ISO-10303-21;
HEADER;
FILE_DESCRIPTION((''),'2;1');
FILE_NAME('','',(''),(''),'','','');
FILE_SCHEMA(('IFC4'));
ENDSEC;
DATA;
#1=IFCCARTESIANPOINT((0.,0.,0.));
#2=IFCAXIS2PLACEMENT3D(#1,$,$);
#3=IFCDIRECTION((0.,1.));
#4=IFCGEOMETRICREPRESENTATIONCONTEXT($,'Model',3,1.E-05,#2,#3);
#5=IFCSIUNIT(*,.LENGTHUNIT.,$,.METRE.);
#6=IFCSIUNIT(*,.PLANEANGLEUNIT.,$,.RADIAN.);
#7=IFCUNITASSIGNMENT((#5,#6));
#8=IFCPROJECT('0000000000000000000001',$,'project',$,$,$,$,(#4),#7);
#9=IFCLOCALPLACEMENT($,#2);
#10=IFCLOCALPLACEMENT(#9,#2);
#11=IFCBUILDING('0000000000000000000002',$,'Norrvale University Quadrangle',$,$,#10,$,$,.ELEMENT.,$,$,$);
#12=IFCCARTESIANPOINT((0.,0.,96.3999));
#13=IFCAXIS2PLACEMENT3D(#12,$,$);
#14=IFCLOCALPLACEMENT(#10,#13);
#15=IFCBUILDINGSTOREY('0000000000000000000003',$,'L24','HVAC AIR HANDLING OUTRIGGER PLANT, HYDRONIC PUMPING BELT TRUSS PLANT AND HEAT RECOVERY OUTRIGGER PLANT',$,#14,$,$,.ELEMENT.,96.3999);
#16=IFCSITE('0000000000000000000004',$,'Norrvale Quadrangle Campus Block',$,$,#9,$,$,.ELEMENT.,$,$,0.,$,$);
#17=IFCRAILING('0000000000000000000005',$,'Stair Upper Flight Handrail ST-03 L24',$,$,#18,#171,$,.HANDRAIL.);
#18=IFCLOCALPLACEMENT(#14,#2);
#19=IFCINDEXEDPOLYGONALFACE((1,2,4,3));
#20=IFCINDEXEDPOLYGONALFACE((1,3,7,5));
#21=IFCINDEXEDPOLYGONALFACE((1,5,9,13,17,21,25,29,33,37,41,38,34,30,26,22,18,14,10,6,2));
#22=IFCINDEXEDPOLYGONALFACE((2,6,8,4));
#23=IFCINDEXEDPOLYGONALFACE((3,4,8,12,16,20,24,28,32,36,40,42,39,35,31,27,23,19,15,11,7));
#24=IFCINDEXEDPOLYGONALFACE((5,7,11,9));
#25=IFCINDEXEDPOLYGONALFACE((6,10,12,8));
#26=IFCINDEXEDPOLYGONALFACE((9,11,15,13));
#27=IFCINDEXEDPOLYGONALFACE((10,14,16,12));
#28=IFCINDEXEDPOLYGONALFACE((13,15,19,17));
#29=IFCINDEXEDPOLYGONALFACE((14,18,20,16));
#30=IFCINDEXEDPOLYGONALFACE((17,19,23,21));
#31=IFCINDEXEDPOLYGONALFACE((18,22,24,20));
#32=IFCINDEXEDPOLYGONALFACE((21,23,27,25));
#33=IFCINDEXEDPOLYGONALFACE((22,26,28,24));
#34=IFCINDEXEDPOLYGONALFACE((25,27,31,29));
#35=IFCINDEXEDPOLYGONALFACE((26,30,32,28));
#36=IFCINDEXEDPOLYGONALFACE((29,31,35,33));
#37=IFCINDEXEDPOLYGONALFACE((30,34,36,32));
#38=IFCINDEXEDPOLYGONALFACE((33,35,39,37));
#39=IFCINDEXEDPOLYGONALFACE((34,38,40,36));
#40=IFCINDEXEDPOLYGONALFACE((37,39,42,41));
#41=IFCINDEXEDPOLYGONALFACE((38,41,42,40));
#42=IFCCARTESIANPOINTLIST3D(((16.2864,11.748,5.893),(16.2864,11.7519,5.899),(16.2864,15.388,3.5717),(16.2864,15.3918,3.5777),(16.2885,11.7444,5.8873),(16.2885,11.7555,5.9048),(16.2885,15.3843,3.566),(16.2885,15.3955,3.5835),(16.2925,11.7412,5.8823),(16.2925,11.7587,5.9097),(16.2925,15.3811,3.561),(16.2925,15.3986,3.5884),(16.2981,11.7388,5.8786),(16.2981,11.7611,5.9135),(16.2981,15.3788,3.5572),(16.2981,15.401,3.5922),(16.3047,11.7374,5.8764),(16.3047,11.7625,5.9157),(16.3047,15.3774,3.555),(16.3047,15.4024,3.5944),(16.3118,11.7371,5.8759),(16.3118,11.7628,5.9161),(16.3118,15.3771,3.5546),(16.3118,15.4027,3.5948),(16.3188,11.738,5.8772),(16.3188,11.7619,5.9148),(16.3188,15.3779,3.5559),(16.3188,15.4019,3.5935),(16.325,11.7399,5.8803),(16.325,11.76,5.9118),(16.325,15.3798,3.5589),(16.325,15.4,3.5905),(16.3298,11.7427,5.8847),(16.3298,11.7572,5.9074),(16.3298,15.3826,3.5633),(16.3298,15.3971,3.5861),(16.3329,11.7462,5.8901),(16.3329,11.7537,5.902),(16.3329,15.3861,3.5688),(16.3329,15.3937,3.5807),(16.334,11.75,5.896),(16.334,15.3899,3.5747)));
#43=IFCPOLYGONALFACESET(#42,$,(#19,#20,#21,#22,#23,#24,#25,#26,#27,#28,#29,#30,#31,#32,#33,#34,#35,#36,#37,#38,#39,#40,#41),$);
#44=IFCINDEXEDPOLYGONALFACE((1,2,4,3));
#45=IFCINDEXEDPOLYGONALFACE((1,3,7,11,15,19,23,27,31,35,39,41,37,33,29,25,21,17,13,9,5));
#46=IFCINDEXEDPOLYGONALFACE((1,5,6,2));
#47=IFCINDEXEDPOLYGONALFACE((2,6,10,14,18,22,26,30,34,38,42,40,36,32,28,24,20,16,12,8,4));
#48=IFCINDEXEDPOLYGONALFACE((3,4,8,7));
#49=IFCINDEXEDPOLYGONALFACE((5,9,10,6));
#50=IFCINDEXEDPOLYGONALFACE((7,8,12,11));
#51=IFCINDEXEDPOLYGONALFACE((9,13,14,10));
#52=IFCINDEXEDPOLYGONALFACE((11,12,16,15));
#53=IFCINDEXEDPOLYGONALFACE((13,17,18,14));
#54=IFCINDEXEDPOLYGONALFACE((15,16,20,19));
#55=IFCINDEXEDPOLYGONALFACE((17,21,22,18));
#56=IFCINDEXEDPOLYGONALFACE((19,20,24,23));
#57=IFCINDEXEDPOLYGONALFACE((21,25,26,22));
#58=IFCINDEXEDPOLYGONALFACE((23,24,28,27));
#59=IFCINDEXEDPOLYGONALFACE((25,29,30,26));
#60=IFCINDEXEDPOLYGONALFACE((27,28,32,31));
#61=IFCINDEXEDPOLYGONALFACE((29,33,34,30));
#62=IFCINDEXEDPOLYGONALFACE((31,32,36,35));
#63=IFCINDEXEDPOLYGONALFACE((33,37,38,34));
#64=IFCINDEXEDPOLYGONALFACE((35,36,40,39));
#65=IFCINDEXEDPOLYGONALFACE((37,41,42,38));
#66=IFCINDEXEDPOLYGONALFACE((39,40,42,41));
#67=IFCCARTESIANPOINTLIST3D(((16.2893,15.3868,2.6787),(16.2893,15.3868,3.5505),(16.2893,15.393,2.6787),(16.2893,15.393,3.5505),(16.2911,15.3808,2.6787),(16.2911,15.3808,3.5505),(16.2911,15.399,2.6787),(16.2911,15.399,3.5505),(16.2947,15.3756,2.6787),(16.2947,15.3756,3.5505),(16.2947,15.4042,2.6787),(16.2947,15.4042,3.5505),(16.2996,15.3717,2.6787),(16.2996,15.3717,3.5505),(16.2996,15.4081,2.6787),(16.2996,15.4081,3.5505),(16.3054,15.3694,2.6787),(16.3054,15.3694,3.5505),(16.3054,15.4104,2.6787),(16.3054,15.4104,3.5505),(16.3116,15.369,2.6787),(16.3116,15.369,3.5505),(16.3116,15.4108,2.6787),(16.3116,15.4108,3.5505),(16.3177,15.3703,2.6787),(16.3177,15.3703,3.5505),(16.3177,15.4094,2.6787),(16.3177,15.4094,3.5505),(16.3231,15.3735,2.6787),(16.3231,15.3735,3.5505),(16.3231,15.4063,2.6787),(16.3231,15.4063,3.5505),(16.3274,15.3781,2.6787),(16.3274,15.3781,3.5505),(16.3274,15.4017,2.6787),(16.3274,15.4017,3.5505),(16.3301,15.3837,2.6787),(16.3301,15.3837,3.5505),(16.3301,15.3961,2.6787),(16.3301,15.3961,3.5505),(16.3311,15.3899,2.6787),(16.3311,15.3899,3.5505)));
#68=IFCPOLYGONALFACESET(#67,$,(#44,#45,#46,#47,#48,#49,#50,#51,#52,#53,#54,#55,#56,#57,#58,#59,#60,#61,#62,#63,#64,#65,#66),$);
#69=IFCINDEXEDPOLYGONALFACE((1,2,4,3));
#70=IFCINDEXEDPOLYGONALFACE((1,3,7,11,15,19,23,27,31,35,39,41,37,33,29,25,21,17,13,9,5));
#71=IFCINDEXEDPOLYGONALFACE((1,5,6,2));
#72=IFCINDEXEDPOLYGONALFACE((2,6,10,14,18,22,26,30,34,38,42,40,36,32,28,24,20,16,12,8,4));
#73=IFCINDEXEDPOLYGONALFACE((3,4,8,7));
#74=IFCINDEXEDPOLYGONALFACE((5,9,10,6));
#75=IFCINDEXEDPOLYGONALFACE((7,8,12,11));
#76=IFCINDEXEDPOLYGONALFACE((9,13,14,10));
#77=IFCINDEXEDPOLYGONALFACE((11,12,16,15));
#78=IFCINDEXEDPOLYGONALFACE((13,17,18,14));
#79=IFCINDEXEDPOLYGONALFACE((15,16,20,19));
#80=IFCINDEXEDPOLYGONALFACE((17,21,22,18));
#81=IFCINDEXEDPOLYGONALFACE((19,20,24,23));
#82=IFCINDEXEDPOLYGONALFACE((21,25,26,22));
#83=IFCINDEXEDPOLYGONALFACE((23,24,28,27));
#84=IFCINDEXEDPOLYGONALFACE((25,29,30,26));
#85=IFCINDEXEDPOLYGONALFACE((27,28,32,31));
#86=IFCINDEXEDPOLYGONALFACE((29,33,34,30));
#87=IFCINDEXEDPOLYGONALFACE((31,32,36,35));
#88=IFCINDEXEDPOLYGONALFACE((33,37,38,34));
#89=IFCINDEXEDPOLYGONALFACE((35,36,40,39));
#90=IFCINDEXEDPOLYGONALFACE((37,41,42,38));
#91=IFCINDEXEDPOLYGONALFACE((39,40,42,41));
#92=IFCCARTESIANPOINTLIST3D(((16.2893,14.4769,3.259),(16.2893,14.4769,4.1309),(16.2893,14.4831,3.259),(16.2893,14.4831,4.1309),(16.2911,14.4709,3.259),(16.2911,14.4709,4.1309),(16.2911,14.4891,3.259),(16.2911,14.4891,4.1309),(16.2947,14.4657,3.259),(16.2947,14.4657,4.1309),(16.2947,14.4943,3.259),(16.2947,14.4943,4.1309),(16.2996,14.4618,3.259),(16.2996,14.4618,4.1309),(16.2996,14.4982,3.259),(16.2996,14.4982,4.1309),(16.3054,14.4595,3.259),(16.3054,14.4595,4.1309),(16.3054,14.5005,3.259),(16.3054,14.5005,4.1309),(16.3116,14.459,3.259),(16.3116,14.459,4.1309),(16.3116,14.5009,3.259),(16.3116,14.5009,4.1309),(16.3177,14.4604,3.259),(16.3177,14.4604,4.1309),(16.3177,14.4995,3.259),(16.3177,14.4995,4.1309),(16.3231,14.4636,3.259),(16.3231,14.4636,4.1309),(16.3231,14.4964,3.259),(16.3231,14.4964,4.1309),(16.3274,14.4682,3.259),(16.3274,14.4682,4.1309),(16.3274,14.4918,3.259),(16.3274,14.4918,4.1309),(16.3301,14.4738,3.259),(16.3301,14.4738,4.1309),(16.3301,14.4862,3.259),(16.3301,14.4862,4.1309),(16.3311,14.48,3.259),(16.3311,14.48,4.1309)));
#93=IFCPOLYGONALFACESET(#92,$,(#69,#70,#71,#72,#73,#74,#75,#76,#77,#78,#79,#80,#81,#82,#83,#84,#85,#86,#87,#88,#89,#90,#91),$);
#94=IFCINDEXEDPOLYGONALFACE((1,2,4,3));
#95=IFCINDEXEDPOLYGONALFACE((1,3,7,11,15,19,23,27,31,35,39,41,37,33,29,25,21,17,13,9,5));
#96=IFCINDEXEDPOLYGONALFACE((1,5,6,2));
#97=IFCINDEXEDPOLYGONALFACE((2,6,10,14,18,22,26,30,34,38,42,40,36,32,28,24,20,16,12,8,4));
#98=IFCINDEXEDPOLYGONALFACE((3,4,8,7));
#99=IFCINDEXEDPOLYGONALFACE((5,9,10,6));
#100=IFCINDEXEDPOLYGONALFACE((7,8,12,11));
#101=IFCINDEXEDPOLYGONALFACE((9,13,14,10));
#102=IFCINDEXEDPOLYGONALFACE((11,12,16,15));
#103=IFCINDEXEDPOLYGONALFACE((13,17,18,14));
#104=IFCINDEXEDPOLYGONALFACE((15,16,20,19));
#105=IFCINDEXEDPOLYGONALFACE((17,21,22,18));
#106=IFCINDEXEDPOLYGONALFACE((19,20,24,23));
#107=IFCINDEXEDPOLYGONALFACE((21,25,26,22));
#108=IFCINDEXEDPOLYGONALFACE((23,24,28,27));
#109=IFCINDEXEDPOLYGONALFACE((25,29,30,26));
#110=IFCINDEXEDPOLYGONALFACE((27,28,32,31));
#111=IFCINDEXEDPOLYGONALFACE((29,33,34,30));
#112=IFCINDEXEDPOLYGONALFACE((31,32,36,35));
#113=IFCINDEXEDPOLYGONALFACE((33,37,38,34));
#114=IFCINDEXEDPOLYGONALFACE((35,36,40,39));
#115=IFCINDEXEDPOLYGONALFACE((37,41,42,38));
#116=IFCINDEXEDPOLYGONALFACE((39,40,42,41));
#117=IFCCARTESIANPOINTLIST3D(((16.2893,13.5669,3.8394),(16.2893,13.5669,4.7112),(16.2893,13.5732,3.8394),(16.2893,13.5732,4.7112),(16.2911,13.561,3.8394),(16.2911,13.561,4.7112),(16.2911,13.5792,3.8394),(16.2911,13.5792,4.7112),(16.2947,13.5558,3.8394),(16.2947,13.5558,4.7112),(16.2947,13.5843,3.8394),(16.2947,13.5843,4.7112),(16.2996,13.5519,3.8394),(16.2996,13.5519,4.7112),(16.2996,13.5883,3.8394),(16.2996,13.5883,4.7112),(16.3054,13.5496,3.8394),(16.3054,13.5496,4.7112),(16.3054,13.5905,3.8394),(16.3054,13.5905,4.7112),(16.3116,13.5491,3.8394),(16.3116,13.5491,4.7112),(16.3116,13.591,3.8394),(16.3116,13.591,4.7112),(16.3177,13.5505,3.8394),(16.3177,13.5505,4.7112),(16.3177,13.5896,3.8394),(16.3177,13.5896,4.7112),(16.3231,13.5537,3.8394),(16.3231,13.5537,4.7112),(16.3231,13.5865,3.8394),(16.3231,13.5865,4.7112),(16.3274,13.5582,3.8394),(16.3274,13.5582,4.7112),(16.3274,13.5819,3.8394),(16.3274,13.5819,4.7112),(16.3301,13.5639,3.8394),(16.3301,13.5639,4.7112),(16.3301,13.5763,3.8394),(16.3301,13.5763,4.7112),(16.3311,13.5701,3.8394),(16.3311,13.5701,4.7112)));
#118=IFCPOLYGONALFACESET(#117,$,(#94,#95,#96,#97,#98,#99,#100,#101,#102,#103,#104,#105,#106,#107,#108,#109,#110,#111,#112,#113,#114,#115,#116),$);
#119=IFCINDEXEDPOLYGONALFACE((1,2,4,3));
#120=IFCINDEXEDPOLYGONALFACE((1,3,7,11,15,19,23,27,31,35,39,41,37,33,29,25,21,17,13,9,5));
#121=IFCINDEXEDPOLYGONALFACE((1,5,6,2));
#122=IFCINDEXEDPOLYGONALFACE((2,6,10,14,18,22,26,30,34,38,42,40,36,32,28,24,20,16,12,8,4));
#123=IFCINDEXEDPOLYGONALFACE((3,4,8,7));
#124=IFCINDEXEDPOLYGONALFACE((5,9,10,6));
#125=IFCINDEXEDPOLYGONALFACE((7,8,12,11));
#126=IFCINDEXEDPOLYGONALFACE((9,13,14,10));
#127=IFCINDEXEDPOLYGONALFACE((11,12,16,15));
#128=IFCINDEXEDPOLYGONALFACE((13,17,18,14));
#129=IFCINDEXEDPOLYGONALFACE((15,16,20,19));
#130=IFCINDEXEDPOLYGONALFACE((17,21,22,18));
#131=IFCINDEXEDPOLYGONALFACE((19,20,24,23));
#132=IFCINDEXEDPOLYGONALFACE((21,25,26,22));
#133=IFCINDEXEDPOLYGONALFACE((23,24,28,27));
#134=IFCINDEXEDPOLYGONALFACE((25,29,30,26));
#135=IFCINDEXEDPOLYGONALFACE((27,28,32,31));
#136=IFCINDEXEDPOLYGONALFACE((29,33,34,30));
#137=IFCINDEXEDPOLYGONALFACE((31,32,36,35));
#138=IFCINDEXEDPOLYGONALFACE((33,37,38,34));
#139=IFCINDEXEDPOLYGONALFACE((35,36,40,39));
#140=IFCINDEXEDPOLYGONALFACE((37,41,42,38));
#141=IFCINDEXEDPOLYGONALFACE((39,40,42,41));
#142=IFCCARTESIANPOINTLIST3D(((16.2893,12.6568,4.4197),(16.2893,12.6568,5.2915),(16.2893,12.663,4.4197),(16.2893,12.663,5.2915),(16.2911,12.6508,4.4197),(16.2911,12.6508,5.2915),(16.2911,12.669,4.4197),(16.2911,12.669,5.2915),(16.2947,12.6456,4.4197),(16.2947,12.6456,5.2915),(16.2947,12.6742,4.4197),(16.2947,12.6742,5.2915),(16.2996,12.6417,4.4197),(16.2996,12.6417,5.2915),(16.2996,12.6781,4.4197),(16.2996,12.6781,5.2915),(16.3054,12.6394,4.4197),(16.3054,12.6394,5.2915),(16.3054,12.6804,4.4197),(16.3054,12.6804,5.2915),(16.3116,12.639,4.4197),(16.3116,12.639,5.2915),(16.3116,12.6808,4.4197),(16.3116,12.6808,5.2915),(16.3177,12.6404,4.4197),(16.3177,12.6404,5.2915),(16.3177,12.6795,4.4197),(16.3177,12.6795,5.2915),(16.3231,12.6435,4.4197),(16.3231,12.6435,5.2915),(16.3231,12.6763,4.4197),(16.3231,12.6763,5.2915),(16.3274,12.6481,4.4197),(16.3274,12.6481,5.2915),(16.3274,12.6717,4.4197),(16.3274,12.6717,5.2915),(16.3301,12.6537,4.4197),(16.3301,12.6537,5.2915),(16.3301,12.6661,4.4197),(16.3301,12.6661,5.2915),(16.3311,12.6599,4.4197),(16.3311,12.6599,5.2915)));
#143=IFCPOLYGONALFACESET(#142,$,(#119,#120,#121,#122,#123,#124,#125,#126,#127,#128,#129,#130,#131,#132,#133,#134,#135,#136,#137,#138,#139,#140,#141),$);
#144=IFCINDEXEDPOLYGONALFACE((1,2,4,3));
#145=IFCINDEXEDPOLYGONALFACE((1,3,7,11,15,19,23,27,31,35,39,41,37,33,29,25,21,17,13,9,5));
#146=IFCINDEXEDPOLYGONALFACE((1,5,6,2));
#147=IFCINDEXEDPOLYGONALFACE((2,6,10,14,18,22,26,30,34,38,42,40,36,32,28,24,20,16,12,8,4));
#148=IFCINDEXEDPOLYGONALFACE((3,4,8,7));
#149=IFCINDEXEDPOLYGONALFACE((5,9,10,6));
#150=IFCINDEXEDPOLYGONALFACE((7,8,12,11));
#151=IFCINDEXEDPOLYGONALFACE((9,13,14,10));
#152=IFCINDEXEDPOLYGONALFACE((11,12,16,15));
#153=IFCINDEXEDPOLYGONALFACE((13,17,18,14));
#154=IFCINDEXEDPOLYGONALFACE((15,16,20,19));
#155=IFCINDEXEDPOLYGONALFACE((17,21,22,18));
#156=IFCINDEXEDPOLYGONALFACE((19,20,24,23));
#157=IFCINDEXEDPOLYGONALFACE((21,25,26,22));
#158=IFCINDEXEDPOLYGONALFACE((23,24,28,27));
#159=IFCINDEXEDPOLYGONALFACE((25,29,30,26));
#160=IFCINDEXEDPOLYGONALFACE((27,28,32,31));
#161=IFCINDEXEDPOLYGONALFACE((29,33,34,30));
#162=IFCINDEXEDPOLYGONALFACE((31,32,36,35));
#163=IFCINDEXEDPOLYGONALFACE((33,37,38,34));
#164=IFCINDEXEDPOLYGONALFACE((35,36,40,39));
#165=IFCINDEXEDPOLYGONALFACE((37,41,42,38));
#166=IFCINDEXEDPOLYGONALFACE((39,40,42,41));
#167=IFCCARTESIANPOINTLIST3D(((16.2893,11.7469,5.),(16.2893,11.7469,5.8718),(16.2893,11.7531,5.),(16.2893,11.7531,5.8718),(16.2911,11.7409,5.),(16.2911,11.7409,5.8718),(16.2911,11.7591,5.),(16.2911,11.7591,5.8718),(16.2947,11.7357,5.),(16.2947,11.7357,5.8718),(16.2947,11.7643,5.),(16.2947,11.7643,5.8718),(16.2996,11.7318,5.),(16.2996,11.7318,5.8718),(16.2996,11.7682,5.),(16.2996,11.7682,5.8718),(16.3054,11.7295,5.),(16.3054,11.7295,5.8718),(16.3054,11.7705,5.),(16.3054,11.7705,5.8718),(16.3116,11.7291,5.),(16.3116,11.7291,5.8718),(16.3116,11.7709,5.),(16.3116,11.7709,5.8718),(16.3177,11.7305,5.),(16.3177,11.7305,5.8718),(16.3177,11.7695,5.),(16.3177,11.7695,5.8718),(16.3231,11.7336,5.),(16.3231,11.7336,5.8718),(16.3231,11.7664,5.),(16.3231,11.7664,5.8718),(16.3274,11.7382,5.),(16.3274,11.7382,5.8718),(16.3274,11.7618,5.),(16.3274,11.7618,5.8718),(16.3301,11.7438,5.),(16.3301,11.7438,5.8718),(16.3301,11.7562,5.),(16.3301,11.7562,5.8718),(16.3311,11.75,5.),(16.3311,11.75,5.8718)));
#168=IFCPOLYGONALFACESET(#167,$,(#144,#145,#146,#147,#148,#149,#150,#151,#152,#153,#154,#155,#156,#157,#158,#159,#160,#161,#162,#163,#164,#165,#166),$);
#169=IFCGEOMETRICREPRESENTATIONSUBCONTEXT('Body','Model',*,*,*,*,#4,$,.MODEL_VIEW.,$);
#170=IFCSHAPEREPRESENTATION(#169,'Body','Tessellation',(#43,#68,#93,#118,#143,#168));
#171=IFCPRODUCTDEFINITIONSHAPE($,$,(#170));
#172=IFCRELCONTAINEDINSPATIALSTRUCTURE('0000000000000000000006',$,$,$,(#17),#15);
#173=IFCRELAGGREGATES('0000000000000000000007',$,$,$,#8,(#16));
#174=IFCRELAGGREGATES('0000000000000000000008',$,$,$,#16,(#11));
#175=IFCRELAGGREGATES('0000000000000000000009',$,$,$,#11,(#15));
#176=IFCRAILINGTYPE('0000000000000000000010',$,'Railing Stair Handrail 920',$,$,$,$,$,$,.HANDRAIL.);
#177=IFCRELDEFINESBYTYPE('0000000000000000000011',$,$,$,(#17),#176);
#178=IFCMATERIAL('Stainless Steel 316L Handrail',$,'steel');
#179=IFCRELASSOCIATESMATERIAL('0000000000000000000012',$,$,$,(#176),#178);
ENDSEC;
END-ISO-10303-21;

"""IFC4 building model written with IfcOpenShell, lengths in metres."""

from ifc_helpers import new_model, si_unit, direction, frame, origin, origin_2d, place, context, subcontext, project, spatial, circle, extrude, material, type_object, element, save


model = new_model("IFC4")

# Units and contexts
model_context = context("Model", 3, precision=1e-05, world=origin(), true_north=direction((0.0, 1.0)))
body_context = subcontext(model_context, "Body", "Model", "MODEL_VIEW")
ifc_project = project(units=[si_unit("LENGTHUNIT", "METRE"), si_unit("PLANEANGLEUNIT", "RADIAN")], contexts=[model_context])

# Site, building, storey
site_placement = place(None, origin())
site = spatial("IfcSite", under=ifc_project, at=site_placement, Name="Norrvale Quadrangle Campus Block", CompositionType="ELEMENT", RefElevation=0.0)
building_placement = place(site_placement, origin())
building = spatial("IfcBuilding", under=site, at=building_placement, Name="Norrvale University Quadrangle", CompositionType="ELEMENT")
storey_placement = place(building_placement, frame((0.0, 0.0, 96.3999)))
storey = spatial("IfcBuildingStorey", under=building, at=storey_placement, Name="L24", Description="HVAC AIR HANDLING OUTRIGGER PLANT, HYDRONIC PUMPING BELT TRUSS PLANT AND HEAT RECOVERY OUTRIGGER PLANT", CompositionType="ELEMENT", Elevation=96.3999)

# Railing
ifc_material_1 = material(Name="Stainless Steel 316L Handrail", Category="steel")
railing_type_1 = type_object("IfcRailingType", Name="Railing Stair Handrail 920", PredefinedType="HANDRAIL", material=ifc_material_1)
railing_1_placement = place(storey_placement, frame((16.3101, 15.3899, 2.6787)))
element("IfcRailing", 1, at=railing_1_placement, inside=storey, type_object=railing_type_1, Name="Stair Upper Flight Handrail ST-03 L24", PredefinedType="HANDRAIL", context=body_context, shape_type="SweptSolid", body=[
    extrude(circle(Radius=0.0239, at=origin_2d()), frame((0.0, 0.0, 0.896), z_axis=(0.0, -0.843137, 0.537699), x_axis=(1.0, 0.0, 0.0)), (0.0, 0.0, 1.0), 4.3171),
    extrude(circle(Radius=0.021, at=origin_2d()), origin(), (0.0, 0.0, 1.0), 0.8718),
    extrude(circle(Radius=0.021, at=origin_2d()), frame((0.0, -0.9099, 0.5803)), (0.0, 0.0, 1.0), 0.8718),
    extrude(circle(Radius=0.021, at=origin_2d()), frame((0.0, -1.8198, 1.1606)), (0.0, 0.0, 1.0), 0.8718),
    extrude(circle(Radius=0.021, at=origin_2d()), frame((0.0, -2.73, 1.741)), (0.0, 0.0, 1.0), 0.8718),
    extrude(circle(Radius=0.021, at=origin_2d()), frame((0.0, -3.6399, 2.3213)), (0.0, 0.0, 1.0), 0.8718),
])

save(model, "model.ifc")
